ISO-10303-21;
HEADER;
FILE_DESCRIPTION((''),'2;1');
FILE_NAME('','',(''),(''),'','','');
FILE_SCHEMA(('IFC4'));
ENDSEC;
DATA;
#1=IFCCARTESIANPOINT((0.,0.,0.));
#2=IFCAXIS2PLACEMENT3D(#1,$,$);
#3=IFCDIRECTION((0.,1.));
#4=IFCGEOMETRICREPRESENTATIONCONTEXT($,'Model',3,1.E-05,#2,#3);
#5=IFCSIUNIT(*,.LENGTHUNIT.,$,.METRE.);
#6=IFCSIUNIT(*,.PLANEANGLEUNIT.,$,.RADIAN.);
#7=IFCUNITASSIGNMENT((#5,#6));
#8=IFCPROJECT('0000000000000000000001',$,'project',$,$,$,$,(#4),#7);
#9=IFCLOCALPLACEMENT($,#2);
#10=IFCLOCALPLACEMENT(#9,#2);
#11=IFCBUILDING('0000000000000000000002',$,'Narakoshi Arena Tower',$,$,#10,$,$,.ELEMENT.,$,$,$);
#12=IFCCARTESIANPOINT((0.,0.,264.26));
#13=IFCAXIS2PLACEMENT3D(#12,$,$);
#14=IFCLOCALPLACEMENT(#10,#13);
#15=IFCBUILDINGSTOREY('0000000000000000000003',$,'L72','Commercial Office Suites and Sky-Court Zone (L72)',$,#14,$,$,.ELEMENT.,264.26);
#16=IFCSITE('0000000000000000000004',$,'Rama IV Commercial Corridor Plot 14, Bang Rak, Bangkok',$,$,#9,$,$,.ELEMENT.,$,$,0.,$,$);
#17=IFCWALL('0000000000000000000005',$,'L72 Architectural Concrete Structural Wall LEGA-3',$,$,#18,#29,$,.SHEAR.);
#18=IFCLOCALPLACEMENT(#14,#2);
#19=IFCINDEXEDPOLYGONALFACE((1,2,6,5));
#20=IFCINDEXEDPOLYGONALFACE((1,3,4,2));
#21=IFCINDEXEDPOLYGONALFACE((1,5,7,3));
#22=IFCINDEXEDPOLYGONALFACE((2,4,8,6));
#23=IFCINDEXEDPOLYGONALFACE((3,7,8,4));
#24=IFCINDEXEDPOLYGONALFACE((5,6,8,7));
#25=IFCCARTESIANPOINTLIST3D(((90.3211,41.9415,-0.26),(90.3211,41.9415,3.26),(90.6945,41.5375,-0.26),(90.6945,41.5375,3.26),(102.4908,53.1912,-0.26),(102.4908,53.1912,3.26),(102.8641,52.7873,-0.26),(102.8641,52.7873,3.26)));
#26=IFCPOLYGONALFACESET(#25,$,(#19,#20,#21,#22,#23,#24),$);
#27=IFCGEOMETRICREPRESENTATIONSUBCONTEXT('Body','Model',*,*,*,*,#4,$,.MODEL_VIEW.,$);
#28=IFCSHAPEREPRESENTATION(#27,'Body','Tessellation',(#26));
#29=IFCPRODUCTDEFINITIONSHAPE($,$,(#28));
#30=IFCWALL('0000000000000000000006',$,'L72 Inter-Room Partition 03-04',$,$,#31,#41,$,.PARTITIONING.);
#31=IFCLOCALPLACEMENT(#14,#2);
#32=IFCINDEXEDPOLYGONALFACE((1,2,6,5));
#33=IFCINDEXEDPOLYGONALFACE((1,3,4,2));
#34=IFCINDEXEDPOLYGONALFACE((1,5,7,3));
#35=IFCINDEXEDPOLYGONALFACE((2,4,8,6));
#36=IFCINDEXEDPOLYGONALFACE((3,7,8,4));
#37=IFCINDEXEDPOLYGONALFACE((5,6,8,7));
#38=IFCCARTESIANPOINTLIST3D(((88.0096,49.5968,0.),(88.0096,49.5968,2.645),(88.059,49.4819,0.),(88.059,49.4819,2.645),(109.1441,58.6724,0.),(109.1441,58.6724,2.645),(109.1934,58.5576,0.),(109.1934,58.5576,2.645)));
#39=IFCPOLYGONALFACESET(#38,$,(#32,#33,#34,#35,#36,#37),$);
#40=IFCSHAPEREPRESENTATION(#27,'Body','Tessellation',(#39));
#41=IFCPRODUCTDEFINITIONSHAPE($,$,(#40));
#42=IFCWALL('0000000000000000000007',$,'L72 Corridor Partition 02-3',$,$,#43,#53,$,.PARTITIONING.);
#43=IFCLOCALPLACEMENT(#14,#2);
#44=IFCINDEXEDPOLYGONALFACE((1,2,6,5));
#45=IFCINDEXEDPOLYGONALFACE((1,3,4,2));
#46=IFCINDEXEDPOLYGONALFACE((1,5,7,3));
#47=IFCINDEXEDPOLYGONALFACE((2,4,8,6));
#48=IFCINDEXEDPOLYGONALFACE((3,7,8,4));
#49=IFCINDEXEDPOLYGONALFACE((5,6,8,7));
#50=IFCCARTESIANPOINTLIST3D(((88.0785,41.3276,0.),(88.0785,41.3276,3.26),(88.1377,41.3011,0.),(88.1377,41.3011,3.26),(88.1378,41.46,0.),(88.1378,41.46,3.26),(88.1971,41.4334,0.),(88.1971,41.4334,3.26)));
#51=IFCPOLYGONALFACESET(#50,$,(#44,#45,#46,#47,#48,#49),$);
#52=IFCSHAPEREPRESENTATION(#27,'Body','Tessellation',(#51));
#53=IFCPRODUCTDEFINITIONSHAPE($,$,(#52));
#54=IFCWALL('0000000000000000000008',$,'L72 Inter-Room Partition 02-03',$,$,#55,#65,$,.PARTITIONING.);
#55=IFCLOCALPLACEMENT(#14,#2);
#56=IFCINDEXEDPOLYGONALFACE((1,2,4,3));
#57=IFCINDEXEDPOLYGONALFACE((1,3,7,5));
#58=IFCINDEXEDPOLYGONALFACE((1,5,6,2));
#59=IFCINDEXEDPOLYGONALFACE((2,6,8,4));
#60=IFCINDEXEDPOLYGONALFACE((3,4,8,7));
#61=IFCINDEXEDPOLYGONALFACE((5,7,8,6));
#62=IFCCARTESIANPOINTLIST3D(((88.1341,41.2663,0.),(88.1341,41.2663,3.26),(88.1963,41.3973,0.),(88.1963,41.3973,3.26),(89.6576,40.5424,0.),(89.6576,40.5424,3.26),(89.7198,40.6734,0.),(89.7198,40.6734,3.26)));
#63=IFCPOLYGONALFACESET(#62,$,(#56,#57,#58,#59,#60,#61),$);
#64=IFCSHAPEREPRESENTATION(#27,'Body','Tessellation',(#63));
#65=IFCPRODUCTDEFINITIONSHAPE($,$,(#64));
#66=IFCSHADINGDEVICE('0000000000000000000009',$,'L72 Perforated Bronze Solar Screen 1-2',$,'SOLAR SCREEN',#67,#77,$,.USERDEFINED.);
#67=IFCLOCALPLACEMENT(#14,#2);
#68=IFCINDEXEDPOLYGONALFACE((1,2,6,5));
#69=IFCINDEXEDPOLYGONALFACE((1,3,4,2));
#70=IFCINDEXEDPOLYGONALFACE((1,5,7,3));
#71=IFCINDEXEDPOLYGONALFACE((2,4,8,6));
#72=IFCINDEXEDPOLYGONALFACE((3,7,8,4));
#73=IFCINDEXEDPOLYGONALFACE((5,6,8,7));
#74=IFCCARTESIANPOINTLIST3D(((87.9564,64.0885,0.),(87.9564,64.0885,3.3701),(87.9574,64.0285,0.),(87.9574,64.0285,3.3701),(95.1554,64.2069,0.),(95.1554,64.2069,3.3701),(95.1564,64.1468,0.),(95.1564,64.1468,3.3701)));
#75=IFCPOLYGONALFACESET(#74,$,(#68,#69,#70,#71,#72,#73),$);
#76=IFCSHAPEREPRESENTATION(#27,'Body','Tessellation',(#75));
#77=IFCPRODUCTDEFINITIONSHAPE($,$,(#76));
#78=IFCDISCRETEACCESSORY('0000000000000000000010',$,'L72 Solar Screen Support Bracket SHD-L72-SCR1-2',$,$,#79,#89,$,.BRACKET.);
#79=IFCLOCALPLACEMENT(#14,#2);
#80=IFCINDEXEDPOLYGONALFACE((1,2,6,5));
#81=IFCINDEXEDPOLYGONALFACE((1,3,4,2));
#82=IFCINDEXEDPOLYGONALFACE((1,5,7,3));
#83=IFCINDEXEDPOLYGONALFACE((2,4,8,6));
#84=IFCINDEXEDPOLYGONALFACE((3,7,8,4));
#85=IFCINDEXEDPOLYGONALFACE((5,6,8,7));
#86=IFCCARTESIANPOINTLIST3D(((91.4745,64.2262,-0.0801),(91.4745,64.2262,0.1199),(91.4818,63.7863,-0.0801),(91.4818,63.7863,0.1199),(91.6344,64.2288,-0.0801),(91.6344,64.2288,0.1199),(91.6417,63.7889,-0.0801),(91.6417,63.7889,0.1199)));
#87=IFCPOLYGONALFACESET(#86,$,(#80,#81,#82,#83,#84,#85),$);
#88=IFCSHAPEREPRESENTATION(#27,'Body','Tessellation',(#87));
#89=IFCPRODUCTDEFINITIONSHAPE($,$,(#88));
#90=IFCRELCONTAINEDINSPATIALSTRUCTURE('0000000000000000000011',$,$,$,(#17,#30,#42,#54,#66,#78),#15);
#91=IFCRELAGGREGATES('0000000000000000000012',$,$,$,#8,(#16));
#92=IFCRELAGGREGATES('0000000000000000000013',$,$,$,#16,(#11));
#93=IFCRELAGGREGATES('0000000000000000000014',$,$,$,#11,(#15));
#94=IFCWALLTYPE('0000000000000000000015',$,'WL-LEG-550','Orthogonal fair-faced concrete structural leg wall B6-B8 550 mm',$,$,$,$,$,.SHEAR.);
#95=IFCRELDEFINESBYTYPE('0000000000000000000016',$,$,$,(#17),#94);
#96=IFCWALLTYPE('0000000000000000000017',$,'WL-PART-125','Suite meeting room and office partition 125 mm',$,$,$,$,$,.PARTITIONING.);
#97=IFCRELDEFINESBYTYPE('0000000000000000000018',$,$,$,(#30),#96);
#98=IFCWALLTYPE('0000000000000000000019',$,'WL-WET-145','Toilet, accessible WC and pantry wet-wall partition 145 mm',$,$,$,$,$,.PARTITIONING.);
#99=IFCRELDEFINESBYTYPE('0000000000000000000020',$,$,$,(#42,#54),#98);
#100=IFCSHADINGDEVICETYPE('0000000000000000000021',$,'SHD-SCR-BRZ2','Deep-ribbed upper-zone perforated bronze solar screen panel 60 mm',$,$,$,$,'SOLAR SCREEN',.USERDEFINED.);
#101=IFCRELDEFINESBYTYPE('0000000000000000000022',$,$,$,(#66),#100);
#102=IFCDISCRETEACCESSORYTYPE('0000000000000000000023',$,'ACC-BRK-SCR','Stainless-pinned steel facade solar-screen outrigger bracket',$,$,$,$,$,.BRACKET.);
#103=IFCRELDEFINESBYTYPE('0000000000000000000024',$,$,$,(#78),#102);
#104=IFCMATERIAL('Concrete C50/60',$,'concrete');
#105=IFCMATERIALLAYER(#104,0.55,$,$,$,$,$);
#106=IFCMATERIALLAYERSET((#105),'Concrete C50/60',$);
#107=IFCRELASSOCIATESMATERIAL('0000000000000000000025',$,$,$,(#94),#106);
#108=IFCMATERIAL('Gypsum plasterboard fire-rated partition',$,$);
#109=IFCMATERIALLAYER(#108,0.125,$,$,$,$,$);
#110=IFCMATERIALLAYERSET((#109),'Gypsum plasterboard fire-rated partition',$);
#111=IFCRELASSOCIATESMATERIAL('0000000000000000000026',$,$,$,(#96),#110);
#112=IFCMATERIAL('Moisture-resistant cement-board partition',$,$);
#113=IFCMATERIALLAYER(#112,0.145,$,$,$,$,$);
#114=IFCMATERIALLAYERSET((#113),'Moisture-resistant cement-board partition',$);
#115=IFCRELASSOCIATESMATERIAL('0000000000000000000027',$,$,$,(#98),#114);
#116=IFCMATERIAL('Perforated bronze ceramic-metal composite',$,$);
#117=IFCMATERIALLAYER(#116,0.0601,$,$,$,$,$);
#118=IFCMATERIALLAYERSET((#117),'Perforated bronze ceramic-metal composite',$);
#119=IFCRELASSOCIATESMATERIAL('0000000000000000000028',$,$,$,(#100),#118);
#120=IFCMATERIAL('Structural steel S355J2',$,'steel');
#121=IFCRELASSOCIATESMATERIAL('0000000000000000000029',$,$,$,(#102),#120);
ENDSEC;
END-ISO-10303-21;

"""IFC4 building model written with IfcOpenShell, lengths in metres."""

from ifc_helpers import new_model, si_unit, direction, frame, frame_2d, origin, origin_2d, place, context, subcontext, project, spatial, rectangle, extrude, material, layer, layer_set, type_object, element, save


model = new_model("IFC4")

# Units and contexts
model_context = context("Model", 3, precision=1e-05, world=origin(), true_north=direction((0.0, 1.0)))
body_context = subcontext(model_context, "Body", "Model", "MODEL_VIEW")
ifc_project = project(units=[si_unit("LENGTHUNIT", "METRE"), si_unit("PLANEANGLEUNIT", "RADIAN")], contexts=[model_context])

# Site, building, storey
site_placement = place(None, origin())
site = spatial("IfcSite", under=ifc_project, at=site_placement, Name="Rama IV Commercial Corridor Plot 14, Bang Rak, Bangkok", CompositionType="ELEMENT", RefElevation=0.0)
building_placement = place(site_placement, origin())
building = spatial("IfcBuilding", under=site, at=building_placement, Name="Narakoshi Arena Tower", CompositionType="ELEMENT")
storey_placement = place(building_placement, frame((0.0, 0.0, 264.26)))
storey = spatial("IfcBuildingStorey", under=building, at=storey_placement, Name="L72", Description="Commercial Office Suites and Sky-Court Zone (L72)", CompositionType="ELEMENT", Elevation=264.26)

# Shared definitions
ifc_material_1 = material(Name="Concrete C50/60", Category="concrete")

# Shared definitions
ifc_material_2 = material(Name="Structural steel S355J2", Category="steel")

# Shared definitions
ifc_material_3 = material(Name="Gypsum plasterboard fire-rated partition")

# Walls
ifc_layer_1 = layer(ifc_material_1, 0.55)
ifc_layer_set_1 = layer_set([ifc_layer_1], Name="Concrete C50/60")
wall_type_1 = type_object("IfcWallType", Name="WL-LEG-550", Description="Orthogonal fair-faced concrete structural leg wall B6-B8 550 mm", PredefinedType="SHEAR", material=ifc_layer_set_1)
wall_1_placement = place(storey_placement, frame((90.5078, 41.7395, -0.26), z_axis=(0.0, 0.0, 1.0), x_axis=(0.734316, 0.678808, 0.0)))
element("IfcWall", 1, at=wall_1_placement, inside=storey, type_object=wall_type_1, Name="L72 Architectural Concrete Structural Wall LEGA-3", PredefinedType="SHEAR", context=body_context, shape_type="SweptSolid", body=[
    extrude(rectangle(XDim=16.5728, YDim=0.55, at=frame_2d((8.2864, 0.0))), origin(), (0.0, 0.0, 1.0), 3.52),
])
ifc_layer_2 = layer(ifc_material_3, 0.125)
ifc_layer_set_2 = layer_set([ifc_layer_2], Name="Gypsum plasterboard fire-rated partition")
wall_type_2 = type_object("IfcWallType", Name="WL-PART-125", Description="Suite meeting room and office partition 125 mm", PredefinedType="PARTITIONING", material=ifc_layer_set_2)
wall_2_placement = place(storey_placement, frame((88.0342, 49.5393, 0.0), z_axis=(0.0, 0.0, 1.0), x_axis=(0.918861, 0.394582, 0.0)))
element("IfcWall", 2, at=wall_2_placement, inside=storey, type_object=wall_type_2, Name="L72 Inter-Room Partition 03-04", PredefinedType="PARTITIONING", context=body_context, shape_type="SweptSolid", body=[
    extrude(rectangle(XDim=23.0007, YDim=0.125, at=frame_2d((11.5005, 0.0))), origin(), (0.0, 0.0, 1.0), 2.645),
])
ifc_material_4 = material(Name="Moisture-resistant cement-board partition")
ifc_layer_3 = layer(ifc_material_4, 0.145)
ifc_layer_set_3 = layer_set([ifc_layer_3], Name="Moisture-resistant cement-board partition")
wall_type_3 = type_object("IfcWallType", Name="WL-WET-145", Description="Toilet, accessible WC and pantry wet-wall partition 145 mm", PredefinedType="PARTITIONING", material=ifc_layer_set_3)
wall_3_placement = place(storey_placement, frame((88.1082, 41.3938, 0.0), z_axis=(0.0, 0.0, 1.0), x_axis=(0.912413, -0.409272, 0.0)))
element("IfcWall", 3, at=wall_3_placement, inside=storey, type_object=wall_type_3, Name="L72 Corridor Partition 02-3", PredefinedType="PARTITIONING", context=body_context, shape_type="SweptSolid", body=[
    extrude(rectangle(XDim=0.0649, YDim=0.145, at=frame_2d((0.0325, 0.0))), origin(), (0.0, 0.0, 1.0), 3.26),
])
wall_4_placement = place(storey_placement, frame((88.1653, 41.3318, 0.0), z_axis=(0.0, 0.0, 1.0), x_axis=(0.903221, -0.429175, 0.0)))
element("IfcWall", 4, at=wall_4_placement, inside=storey, type_object=wall_type_3, Name="L72 Inter-Room Partition 02-03", PredefinedType="PARTITIONING", context=body_context, shape_type="SweptSolid", body=[
    extrude(rectangle(XDim=1.6868, YDim=0.145, at=frame_2d((0.8433, 0.0))), origin(), (0.0, 0.0, 1.0), 3.26),
])

# Shading device
ifc_material_5 = material(Name="Perforated bronze ceramic-metal composite")
ifc_layer_4 = layer(ifc_material_5, 0.0601)
ifc_layer_set_4 = layer_set([ifc_layer_4], Name="Perforated bronze ceramic-metal composite")
shading_device_type = type_object("IfcShadingDeviceType", Name="SHD-SCR-BRZ2", Description="Deep-ribbed upper-zone perforated bronze solar screen panel 60 mm", ElementType="SOLAR SCREEN", PredefinedType="USERDEFINED", material=ifc_layer_set_4)
shading_device_placement = place(storey_placement, frame((91.5564, 64.1177, 0.0), z_axis=(0.0, 0.0, 1.0), x_axis=(-0.999865, -0.01644, 0.0)))
element("IfcShadingDevice", 5, at=shading_device_placement, inside=storey, type_object=shading_device_type, Name="L72 Perforated Bronze Solar Screen 1-2", ObjectType="SOLAR SCREEN", PredefinedType="USERDEFINED", context=body_context, shape_type="SweptSolid", body=[
    extrude(rectangle(XDim=7.2, YDim=0.0601, at=origin_2d()), origin(), (0.0, 0.0, 1.0), 3.3701),
])

# Discrete accessory
discrete_accessory_type = type_object("IfcDiscreteAccessoryType", Name="ACC-BRK-SCR", Description="Stainless-pinned steel facade solar-screen outrigger bracket", PredefinedType="BRACKET", material=ifc_material_2)
discrete_accessory_placement = place(storey_placement, frame((91.5581, 64.0076, -0.0801), z_axis=(0.0, 0.0, 1.0), x_axis=(-0.999865, -0.01644, 0.0)))
element("IfcDiscreteAccessory", 6, at=discrete_accessory_placement, inside=storey, type_object=discrete_accessory_type, Name="L72 Solar Screen Support Bracket SHD-L72-SCR1-2", PredefinedType="BRACKET", context=body_context, shape_type="SweptSolid", body=[
    extrude(rectangle(XDim=0.1599, YDim=0.4399, at=origin_2d()), origin(), (0.0, 0.0, 1.0), 0.2),
])

save(model, "model.ifc")
